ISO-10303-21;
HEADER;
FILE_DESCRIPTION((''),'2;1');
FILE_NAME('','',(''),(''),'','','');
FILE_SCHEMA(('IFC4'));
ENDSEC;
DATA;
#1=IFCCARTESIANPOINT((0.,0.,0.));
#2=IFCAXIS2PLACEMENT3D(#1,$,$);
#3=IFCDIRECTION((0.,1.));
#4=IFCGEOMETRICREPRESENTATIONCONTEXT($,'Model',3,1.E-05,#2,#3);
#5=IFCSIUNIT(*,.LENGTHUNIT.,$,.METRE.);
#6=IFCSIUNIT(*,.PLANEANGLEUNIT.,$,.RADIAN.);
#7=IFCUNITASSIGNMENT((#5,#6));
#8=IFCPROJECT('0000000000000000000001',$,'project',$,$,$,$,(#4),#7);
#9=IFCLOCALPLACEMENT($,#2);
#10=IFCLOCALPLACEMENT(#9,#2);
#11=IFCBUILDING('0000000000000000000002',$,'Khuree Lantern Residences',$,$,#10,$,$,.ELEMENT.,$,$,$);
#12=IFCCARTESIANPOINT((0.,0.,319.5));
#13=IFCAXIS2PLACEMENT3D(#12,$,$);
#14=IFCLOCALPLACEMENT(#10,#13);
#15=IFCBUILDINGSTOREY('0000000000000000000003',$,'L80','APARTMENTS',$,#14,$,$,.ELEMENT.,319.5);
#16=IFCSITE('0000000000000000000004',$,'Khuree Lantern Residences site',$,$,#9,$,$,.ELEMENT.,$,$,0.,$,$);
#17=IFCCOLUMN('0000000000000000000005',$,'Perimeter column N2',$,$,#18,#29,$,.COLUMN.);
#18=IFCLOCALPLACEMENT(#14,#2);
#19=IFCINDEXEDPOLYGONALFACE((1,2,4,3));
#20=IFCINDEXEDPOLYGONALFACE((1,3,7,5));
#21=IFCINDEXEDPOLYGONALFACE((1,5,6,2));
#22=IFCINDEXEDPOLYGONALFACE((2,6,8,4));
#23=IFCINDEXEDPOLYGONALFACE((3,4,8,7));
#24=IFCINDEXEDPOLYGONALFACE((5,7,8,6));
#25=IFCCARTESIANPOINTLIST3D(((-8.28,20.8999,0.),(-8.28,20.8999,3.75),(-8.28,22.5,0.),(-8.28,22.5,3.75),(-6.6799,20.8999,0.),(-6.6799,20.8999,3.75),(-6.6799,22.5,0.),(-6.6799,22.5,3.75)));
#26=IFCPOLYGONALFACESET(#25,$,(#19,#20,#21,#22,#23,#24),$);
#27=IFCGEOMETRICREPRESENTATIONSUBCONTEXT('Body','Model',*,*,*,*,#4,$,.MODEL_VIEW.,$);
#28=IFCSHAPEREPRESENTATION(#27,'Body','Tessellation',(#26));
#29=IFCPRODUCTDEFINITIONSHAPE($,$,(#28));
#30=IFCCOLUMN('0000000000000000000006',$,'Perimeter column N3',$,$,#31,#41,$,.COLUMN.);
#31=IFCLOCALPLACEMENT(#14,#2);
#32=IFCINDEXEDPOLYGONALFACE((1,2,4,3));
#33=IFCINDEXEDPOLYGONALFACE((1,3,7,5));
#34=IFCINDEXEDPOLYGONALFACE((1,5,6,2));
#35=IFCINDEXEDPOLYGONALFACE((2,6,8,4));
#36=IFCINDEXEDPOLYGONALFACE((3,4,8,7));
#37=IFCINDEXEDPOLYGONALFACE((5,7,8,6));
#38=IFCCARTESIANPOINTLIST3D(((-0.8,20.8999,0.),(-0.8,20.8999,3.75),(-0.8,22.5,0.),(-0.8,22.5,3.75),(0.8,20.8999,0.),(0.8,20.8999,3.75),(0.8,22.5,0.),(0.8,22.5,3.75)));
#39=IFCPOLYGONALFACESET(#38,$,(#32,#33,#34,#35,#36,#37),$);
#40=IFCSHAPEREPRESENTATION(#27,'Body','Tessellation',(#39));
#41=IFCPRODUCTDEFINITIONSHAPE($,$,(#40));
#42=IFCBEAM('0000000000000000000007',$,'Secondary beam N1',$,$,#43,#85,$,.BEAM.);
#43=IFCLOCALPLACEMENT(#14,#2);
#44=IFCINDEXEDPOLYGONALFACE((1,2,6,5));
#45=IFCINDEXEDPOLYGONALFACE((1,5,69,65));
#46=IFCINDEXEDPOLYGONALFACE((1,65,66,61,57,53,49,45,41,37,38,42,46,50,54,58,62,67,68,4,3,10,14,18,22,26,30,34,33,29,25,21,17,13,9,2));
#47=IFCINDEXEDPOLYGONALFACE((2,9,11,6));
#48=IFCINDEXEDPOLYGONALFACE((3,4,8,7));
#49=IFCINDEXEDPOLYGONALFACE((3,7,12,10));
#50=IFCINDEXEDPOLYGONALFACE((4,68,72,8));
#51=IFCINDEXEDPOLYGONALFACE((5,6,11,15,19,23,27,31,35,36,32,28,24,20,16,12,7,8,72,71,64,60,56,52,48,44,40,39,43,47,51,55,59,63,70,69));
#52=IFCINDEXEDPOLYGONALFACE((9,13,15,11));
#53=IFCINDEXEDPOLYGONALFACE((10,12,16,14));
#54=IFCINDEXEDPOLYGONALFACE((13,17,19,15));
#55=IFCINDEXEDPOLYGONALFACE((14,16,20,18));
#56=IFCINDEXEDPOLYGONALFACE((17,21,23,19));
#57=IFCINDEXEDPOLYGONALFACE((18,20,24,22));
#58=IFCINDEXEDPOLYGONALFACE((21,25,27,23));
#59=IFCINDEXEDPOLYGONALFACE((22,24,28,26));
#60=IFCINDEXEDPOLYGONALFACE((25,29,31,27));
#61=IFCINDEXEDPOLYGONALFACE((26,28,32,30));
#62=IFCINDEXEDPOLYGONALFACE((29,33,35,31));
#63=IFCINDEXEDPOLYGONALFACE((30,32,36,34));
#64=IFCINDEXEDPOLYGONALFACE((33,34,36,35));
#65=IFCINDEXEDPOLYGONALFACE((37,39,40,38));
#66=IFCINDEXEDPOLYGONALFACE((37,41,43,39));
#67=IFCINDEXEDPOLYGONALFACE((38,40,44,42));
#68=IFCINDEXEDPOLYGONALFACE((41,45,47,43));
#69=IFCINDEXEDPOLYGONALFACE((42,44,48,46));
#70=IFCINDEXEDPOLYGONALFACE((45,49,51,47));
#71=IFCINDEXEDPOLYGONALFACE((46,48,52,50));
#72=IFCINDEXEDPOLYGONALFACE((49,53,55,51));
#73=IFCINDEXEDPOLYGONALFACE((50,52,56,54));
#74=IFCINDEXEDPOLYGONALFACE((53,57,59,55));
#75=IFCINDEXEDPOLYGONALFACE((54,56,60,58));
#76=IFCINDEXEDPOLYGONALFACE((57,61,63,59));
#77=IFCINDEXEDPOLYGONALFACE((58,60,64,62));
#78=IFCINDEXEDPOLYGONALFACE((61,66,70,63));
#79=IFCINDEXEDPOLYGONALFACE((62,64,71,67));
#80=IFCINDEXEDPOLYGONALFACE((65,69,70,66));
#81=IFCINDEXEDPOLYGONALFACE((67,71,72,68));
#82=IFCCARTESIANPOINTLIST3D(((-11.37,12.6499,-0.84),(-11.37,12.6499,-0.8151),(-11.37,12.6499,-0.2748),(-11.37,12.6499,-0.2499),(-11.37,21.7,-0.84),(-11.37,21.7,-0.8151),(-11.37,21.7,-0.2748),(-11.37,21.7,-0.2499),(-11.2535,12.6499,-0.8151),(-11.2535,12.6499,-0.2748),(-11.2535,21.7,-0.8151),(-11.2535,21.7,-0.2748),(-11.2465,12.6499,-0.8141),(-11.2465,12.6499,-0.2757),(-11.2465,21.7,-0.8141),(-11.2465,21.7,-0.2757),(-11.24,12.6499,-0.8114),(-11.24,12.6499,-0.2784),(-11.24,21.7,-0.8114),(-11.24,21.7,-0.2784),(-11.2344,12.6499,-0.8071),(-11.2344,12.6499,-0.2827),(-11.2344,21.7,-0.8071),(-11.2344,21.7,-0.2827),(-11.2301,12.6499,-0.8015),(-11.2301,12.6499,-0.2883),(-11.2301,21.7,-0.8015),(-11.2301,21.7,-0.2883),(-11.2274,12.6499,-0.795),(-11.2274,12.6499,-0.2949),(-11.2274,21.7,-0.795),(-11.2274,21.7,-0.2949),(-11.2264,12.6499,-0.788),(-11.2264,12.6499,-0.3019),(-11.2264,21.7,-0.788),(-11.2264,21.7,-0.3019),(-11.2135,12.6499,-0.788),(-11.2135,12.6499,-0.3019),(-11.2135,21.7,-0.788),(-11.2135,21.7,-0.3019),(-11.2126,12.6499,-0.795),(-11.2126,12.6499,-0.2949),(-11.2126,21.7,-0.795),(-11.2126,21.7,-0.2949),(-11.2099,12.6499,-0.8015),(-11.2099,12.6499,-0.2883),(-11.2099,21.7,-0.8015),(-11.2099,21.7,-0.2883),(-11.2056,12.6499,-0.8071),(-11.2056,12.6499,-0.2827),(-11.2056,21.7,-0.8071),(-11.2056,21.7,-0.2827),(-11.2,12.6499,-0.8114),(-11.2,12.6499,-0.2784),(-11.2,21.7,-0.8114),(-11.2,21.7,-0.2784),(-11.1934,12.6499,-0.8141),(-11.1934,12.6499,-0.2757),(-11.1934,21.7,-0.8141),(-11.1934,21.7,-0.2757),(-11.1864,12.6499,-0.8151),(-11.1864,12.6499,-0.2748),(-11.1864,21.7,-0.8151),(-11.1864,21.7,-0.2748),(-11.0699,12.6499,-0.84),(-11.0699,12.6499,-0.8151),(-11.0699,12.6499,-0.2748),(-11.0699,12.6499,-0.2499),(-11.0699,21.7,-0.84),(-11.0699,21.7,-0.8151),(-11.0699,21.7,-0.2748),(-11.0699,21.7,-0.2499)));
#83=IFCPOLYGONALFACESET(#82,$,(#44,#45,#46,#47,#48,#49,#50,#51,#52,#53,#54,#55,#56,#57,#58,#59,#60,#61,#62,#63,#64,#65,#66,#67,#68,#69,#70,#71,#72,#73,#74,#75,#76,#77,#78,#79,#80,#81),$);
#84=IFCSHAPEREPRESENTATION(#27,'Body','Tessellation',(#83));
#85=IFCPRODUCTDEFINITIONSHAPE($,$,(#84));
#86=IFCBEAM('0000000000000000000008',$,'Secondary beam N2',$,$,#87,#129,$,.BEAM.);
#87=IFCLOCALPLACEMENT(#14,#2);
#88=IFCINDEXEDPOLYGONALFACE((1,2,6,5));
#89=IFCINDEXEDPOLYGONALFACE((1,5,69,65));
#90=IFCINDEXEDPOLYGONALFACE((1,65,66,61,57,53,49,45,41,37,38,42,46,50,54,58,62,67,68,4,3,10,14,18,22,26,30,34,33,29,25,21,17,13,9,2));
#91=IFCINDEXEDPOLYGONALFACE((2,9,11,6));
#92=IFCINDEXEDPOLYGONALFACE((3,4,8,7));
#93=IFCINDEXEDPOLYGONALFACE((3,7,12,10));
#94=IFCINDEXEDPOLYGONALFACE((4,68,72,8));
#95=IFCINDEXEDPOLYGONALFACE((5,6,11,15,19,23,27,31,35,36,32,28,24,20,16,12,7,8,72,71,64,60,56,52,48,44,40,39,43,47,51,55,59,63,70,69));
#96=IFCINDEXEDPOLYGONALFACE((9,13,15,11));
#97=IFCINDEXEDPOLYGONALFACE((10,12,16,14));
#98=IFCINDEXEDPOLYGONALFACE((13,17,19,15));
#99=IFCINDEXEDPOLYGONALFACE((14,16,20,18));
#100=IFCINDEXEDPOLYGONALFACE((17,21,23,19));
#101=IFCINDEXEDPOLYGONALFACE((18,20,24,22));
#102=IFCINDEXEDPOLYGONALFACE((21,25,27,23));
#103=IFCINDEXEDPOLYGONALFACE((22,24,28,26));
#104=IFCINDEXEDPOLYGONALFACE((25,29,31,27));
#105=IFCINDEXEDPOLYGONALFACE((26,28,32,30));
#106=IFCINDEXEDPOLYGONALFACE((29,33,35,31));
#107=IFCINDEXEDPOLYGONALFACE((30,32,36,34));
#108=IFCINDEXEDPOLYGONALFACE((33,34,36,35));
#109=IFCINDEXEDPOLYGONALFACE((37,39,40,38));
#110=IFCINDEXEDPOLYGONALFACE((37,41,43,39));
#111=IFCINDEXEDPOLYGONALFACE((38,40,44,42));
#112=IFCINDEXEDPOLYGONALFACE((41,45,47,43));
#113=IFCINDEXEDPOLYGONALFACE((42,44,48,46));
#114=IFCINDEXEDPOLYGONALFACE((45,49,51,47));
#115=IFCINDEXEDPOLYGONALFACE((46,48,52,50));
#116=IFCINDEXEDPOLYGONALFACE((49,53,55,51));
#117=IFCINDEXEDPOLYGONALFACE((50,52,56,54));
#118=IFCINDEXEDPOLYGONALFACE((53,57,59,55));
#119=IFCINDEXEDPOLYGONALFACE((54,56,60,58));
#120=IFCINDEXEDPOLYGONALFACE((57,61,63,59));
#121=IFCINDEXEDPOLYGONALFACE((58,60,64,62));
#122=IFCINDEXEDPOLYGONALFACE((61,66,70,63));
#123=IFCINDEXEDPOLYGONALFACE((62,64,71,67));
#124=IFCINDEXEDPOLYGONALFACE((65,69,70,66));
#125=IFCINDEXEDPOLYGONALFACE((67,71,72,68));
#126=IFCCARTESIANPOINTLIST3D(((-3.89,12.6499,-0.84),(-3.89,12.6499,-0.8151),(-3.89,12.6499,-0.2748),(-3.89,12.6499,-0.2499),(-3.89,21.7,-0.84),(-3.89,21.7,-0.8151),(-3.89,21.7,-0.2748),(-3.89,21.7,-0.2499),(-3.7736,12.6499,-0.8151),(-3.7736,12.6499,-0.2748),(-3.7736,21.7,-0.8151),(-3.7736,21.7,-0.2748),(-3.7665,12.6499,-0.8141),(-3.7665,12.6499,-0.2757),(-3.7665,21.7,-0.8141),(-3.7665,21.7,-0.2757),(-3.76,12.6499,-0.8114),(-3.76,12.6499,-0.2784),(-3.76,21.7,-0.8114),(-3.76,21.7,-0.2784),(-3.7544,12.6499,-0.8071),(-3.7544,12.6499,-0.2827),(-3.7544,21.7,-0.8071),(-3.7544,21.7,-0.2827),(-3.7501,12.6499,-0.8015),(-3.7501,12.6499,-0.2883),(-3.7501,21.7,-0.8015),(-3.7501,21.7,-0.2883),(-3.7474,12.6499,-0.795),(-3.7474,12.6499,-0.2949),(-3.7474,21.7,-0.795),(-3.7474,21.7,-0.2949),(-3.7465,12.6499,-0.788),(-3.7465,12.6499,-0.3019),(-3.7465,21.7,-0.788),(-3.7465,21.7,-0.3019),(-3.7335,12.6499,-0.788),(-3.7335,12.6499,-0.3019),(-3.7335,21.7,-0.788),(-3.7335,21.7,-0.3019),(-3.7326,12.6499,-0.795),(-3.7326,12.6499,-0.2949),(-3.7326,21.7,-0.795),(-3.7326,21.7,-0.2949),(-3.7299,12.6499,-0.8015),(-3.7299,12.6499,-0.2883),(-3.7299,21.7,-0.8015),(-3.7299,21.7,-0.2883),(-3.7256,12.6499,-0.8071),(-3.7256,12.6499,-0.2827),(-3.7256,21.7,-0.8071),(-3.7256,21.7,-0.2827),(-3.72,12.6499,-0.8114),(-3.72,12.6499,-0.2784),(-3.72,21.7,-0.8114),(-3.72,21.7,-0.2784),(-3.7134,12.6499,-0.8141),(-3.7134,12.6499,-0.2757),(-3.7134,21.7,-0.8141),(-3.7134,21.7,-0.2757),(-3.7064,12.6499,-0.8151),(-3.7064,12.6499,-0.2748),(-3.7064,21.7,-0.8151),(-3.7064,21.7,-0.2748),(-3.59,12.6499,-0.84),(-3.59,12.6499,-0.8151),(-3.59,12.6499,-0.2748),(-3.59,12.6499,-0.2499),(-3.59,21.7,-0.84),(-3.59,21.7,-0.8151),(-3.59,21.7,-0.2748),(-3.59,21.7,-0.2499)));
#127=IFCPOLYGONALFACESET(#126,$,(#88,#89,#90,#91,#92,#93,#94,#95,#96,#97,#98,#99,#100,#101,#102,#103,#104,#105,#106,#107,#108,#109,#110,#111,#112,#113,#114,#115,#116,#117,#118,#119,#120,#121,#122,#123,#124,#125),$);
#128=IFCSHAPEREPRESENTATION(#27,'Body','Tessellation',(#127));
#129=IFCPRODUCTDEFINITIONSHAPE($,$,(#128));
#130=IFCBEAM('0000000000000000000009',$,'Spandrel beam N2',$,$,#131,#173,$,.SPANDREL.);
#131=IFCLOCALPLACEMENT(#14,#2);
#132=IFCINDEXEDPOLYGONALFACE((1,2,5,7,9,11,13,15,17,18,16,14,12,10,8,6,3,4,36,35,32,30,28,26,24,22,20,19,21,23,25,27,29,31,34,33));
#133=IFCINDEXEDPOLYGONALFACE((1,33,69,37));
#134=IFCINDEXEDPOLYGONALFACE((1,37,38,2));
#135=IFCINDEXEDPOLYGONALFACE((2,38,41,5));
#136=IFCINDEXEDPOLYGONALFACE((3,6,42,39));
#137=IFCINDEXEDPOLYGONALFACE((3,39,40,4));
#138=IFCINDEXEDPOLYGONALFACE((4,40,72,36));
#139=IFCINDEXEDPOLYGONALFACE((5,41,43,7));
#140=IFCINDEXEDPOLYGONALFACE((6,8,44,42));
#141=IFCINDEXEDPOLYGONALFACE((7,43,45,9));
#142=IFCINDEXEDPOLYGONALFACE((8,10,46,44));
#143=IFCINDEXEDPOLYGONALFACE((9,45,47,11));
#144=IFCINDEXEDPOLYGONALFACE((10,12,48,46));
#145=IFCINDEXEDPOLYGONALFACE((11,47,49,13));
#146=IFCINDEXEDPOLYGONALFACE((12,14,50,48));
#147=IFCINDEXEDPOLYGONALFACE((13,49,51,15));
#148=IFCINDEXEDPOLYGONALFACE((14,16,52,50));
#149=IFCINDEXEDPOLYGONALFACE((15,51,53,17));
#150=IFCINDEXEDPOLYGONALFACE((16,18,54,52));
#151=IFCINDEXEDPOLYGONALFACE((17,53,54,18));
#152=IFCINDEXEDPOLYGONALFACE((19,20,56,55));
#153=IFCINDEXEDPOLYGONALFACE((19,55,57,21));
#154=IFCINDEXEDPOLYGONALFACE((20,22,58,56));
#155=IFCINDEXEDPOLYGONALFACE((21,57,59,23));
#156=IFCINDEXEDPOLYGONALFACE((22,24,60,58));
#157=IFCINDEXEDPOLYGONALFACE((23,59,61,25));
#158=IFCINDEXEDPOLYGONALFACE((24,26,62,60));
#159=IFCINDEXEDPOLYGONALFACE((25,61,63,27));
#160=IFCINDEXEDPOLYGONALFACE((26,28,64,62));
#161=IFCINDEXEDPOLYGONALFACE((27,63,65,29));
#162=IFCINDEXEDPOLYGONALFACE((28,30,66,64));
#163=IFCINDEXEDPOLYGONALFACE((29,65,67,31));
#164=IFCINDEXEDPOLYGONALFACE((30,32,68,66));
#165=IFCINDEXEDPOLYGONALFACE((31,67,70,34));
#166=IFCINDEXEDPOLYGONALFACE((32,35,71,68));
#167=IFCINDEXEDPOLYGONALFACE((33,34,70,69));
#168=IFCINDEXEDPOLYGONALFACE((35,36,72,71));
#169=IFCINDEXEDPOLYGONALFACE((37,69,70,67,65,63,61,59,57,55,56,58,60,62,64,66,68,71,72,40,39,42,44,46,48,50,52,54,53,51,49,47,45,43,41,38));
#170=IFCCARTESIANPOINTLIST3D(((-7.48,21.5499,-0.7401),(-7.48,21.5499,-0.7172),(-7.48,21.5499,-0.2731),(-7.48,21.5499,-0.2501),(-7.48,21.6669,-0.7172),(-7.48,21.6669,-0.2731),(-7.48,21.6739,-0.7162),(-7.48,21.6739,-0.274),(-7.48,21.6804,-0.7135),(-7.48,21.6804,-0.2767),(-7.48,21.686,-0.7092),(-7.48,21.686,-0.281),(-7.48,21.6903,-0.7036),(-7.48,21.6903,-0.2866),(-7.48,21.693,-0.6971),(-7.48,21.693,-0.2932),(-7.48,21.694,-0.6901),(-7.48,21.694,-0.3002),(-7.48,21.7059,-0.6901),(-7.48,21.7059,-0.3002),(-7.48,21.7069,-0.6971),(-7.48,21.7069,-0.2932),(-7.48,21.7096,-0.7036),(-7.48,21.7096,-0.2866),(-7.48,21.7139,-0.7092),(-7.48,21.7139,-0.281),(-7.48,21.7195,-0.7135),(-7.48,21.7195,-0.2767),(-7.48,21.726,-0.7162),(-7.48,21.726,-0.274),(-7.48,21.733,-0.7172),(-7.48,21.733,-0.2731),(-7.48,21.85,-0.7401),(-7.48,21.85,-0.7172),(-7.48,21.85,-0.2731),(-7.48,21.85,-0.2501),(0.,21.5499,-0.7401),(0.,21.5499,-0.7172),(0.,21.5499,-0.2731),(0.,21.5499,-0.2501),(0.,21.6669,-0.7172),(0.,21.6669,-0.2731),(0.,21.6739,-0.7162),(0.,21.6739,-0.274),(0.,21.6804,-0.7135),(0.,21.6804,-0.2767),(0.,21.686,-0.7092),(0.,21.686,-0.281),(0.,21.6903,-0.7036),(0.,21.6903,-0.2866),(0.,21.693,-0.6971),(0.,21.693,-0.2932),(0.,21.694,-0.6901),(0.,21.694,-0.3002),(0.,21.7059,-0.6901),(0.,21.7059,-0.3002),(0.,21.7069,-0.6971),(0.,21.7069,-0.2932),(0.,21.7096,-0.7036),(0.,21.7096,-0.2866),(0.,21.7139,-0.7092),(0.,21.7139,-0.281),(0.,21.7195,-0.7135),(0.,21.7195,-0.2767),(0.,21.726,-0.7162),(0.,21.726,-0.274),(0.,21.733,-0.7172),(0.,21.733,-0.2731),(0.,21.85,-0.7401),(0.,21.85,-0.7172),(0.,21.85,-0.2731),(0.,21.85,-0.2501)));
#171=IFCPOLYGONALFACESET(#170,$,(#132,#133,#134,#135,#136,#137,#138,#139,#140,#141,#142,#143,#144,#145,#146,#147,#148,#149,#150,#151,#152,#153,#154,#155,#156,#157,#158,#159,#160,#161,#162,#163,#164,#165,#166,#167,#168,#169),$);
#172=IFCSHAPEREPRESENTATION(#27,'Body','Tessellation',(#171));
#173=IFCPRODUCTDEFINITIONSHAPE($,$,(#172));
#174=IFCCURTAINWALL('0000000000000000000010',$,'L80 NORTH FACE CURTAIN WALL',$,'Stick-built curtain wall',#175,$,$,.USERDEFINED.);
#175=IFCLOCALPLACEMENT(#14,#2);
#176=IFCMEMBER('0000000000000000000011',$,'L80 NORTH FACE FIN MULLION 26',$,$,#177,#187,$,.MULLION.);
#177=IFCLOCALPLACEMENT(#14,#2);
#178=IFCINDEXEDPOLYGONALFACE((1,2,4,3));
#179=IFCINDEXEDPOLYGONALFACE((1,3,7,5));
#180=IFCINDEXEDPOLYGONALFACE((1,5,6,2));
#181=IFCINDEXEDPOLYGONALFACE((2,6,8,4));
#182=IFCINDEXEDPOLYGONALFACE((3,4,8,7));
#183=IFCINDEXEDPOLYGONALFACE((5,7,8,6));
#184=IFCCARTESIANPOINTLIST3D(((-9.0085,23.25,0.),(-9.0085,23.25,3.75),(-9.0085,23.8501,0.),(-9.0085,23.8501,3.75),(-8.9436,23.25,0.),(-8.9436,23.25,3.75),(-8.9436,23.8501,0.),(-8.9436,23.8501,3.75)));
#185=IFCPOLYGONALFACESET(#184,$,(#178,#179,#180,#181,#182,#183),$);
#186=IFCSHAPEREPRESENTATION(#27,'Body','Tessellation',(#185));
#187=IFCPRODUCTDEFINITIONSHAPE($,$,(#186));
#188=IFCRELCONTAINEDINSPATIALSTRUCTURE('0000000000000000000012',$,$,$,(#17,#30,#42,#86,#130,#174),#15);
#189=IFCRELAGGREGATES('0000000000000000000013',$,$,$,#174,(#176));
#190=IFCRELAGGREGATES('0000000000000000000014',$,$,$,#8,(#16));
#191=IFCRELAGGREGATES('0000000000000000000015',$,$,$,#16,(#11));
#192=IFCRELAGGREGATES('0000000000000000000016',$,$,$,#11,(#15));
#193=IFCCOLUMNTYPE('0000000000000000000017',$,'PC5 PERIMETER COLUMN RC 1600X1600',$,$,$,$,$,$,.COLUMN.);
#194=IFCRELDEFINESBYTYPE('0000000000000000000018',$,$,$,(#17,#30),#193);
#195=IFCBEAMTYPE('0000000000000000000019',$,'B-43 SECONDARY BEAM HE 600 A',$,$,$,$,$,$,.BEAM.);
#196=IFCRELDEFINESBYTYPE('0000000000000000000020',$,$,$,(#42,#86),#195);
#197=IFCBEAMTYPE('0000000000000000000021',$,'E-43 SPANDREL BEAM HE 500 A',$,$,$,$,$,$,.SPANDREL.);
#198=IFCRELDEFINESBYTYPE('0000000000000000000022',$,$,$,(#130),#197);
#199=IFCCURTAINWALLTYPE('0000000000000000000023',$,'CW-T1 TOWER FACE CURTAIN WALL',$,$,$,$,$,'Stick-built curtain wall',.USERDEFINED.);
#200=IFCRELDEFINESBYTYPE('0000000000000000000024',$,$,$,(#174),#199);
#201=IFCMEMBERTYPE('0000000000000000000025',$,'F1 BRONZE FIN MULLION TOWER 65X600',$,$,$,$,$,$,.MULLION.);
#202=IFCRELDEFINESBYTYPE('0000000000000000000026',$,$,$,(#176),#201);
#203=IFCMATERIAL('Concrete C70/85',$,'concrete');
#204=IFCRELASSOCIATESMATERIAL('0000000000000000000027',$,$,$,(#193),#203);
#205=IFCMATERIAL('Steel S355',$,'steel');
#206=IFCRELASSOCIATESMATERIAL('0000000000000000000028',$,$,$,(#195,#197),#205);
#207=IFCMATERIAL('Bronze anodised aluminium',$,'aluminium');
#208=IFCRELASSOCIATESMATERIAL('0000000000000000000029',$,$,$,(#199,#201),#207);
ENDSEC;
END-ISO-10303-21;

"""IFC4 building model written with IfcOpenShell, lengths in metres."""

from ifc_helpers import new_model, si_unit, direction, frame, origin, origin_2d, place, context, subcontext, project, spatial, rectangle, i_section, extrude, material, material_profile, profile_set, type_object, element, aggregate, save


model = new_model("IFC4")

# Units and contexts
model_context = context("Model", 3, precision=1e-05, world=origin(), true_north=direction((0.0, 1.0)))
body_context = subcontext(model_context, "Body", "Model", "MODEL_VIEW")
ifc_project = project(units=[si_unit("LENGTHUNIT", "METRE"), si_unit("PLANEANGLEUNIT", "RADIAN")], contexts=[model_context])

# Site, building, storey
site_placement = place(None, origin())
site = spatial("IfcSite", under=ifc_project, at=site_placement, Name="Khuree Lantern Residences site", CompositionType="ELEMENT", RefElevation=0.0)
building_placement = place(site_placement, origin())
building = spatial("IfcBuilding", under=site, at=building_placement, Name="Khuree Lantern Residences", CompositionType="ELEMENT")
storey_placement = place(building_placement, frame((0.0, 0.0, 319.5)))
storey = spatial("IfcBuildingStorey", under=building, at=storey_placement, Name="L80", Description="APARTMENTS", CompositionType="ELEMENT", Elevation=319.5)

# Columns
ifc_material_1 = material(Name="Concrete C70/85", Category="concrete")
ifc_material_profile_1 = material_profile(ifc_material_1, rectangle(XDim=1.6001, YDim=1.6001, at=origin_2d()), Name="RC 1600X1600")
ifc_profile_set_1 = profile_set([ifc_material_profile_1], Name="Concrete C70/85")
column_type = type_object("IfcColumnType", Name="PC5 PERIMETER COLUMN RC 1600X1600", PredefinedType="COLUMN", material=ifc_profile_set_1)
for number, where, z_axis, x_axis, name in (
    (1, (-7.48, 21.7, 0.0), (0.0, 0.0, 1.0), (1.0, 0.0, 0.0), "Perimeter column N2"),
    (2, (0.0, 21.7, 0.0), (0.0, 0.0, 1.0), (1.0, 0.0, 0.0), "Perimeter column N3"),
):
    element("IfcColumn", number, at=place(storey_placement, frame(where, z_axis=z_axis, x_axis=x_axis)), inside=storey, type_object=column_type, Name=name, PredefinedType="COLUMN", context=body_context, shape_type="SweptSolid", body=[
        extrude(rectangle(XDim=1.6001, YDim=1.6001, at=origin_2d()), origin(), (0.0, 0.0, 1.0), 3.75),
    ])

# Beams
ifc_material_2 = material(Name="Steel S355", Category="steel")
ifc_material_profile_2 = material_profile(ifc_material_2, i_section(OverallWidth=0.3, OverallDepth=0.5901, WebThickness=0.0129, FlangeThickness=0.0249, FilletRadius=0.0271, at=origin_2d()), Name="HE 600 A")
ifc_profile_set_2 = profile_set([ifc_material_profile_2], Name="Steel S355")
beam_type_1 = type_object("IfcBeamType", Name="B-43 SECONDARY BEAM HE 600 A", PredefinedType="BEAM", material=ifc_profile_set_2)
for number, where, z_axis, x_axis, name in (
    (3, (-11.22, 21.7, -0.5449), (0.0, -1.0, 0.0), (1.0, 0.0, 0.0), "Secondary beam N1"),
    (4, (-3.74, 21.7, -0.5449), (0.0, -1.0, 0.0), (1.0, 0.0, 0.0), "Secondary beam N2"),
):
    element("IfcBeam", number, at=place(storey_placement, frame(where, z_axis=z_axis, x_axis=x_axis)), inside=storey, type_object=beam_type_1, Name=name, PredefinedType="BEAM", context=body_context, shape_type="SweptSolid", body=[
        extrude(i_section(OverallWidth=0.3, OverallDepth=0.5901, WebThickness=0.0129, FlangeThickness=0.0249, FilletRadius=0.0271, at=origin_2d()), origin(), (0.0, 0.0, 1.0), 9.05),
    ])
ifc_material_profile_3 = material_profile(ifc_material_2, i_section(OverallWidth=0.3, OverallDepth=0.49, WebThickness=0.012, FlangeThickness=0.0229, FilletRadius=0.0271, at=origin_2d()), Name="HE 500 A")
ifc_profile_set_3 = profile_set([ifc_material_profile_3], Name="Steel S355")
beam_type_2 = type_object("IfcBeamType", Name="E-43 SPANDREL BEAM HE 500 A", PredefinedType="SPANDREL", material=ifc_profile_set_3)
beam_1_placement = place(storey_placement, frame((-7.48, 21.7, -0.4951), z_axis=(1.0, 0.0, 0.0), x_axis=(0.0, 1.0, 0.0)))
element("IfcBeam", 5, at=beam_1_placement, inside=storey, type_object=beam_type_2, Name="Spandrel beam N2", PredefinedType="SPANDREL", context=body_context, shape_type="SweptSolid", body=[
    extrude(i_section(OverallWidth=0.3, OverallDepth=0.49, WebThickness=0.012, FlangeThickness=0.0229, FilletRadius=0.0271, at=origin_2d()), origin(), (0.0, 0.0, 1.0), 7.48),
])

# Curtain wall, member
ifc_material_3 = material(Name="Bronze anodised aluminium", Category="aluminium")
curtain_wall_type = type_object("IfcCurtainWallType", Name="CW-T1 TOWER FACE CURTAIN WALL", ElementType="Stick-built curtain wall", PredefinedType="USERDEFINED", material=ifc_material_3)
curtain_wall_placement = place(storey_placement, origin())
curtain_wall = element("IfcCurtainWall", 6, at=curtain_wall_placement, inside=storey, type_object=curtain_wall_type, Name="L80 NORTH FACE CURTAIN WALL", ObjectType="Stick-built curtain wall", PredefinedType="USERDEFINED")
ifc_material_profile_4 = material_profile(ifc_material_3, rectangle(XDim=0.0649, YDim=0.6001, at=origin_2d()), Name="F1 65X600")
ifc_profile_set_4 = profile_set([ifc_material_profile_4], Name="Bronze anodised aluminium")
member_type_1 = type_object("IfcMemberType", Name="F1 BRONZE FIN MULLION TOWER 65X600", PredefinedType="MULLION", material=ifc_profile_set_4)
member_1_placement = place(storey_placement, frame((-8.9761, 23.55, 0.0), z_axis=(0.0, 0.0, 1.0), x_axis=(-1.0, 0.0, 0.0)))
member_1 = element("IfcMember", 7, at=member_1_placement, type_object=member_type_1, Name="L80 NORTH FACE FIN MULLION 26", PredefinedType="MULLION", context=body_context, shape_type="SweptSolid", body=[
    extrude(rectangle(XDim=0.0649, YDim=0.6001, at=origin_2d()), origin(), (0.0, 0.0, 1.0), 3.75),
])

aggregate(curtain_wall, [member_1])

save(model, "model.ifc")
